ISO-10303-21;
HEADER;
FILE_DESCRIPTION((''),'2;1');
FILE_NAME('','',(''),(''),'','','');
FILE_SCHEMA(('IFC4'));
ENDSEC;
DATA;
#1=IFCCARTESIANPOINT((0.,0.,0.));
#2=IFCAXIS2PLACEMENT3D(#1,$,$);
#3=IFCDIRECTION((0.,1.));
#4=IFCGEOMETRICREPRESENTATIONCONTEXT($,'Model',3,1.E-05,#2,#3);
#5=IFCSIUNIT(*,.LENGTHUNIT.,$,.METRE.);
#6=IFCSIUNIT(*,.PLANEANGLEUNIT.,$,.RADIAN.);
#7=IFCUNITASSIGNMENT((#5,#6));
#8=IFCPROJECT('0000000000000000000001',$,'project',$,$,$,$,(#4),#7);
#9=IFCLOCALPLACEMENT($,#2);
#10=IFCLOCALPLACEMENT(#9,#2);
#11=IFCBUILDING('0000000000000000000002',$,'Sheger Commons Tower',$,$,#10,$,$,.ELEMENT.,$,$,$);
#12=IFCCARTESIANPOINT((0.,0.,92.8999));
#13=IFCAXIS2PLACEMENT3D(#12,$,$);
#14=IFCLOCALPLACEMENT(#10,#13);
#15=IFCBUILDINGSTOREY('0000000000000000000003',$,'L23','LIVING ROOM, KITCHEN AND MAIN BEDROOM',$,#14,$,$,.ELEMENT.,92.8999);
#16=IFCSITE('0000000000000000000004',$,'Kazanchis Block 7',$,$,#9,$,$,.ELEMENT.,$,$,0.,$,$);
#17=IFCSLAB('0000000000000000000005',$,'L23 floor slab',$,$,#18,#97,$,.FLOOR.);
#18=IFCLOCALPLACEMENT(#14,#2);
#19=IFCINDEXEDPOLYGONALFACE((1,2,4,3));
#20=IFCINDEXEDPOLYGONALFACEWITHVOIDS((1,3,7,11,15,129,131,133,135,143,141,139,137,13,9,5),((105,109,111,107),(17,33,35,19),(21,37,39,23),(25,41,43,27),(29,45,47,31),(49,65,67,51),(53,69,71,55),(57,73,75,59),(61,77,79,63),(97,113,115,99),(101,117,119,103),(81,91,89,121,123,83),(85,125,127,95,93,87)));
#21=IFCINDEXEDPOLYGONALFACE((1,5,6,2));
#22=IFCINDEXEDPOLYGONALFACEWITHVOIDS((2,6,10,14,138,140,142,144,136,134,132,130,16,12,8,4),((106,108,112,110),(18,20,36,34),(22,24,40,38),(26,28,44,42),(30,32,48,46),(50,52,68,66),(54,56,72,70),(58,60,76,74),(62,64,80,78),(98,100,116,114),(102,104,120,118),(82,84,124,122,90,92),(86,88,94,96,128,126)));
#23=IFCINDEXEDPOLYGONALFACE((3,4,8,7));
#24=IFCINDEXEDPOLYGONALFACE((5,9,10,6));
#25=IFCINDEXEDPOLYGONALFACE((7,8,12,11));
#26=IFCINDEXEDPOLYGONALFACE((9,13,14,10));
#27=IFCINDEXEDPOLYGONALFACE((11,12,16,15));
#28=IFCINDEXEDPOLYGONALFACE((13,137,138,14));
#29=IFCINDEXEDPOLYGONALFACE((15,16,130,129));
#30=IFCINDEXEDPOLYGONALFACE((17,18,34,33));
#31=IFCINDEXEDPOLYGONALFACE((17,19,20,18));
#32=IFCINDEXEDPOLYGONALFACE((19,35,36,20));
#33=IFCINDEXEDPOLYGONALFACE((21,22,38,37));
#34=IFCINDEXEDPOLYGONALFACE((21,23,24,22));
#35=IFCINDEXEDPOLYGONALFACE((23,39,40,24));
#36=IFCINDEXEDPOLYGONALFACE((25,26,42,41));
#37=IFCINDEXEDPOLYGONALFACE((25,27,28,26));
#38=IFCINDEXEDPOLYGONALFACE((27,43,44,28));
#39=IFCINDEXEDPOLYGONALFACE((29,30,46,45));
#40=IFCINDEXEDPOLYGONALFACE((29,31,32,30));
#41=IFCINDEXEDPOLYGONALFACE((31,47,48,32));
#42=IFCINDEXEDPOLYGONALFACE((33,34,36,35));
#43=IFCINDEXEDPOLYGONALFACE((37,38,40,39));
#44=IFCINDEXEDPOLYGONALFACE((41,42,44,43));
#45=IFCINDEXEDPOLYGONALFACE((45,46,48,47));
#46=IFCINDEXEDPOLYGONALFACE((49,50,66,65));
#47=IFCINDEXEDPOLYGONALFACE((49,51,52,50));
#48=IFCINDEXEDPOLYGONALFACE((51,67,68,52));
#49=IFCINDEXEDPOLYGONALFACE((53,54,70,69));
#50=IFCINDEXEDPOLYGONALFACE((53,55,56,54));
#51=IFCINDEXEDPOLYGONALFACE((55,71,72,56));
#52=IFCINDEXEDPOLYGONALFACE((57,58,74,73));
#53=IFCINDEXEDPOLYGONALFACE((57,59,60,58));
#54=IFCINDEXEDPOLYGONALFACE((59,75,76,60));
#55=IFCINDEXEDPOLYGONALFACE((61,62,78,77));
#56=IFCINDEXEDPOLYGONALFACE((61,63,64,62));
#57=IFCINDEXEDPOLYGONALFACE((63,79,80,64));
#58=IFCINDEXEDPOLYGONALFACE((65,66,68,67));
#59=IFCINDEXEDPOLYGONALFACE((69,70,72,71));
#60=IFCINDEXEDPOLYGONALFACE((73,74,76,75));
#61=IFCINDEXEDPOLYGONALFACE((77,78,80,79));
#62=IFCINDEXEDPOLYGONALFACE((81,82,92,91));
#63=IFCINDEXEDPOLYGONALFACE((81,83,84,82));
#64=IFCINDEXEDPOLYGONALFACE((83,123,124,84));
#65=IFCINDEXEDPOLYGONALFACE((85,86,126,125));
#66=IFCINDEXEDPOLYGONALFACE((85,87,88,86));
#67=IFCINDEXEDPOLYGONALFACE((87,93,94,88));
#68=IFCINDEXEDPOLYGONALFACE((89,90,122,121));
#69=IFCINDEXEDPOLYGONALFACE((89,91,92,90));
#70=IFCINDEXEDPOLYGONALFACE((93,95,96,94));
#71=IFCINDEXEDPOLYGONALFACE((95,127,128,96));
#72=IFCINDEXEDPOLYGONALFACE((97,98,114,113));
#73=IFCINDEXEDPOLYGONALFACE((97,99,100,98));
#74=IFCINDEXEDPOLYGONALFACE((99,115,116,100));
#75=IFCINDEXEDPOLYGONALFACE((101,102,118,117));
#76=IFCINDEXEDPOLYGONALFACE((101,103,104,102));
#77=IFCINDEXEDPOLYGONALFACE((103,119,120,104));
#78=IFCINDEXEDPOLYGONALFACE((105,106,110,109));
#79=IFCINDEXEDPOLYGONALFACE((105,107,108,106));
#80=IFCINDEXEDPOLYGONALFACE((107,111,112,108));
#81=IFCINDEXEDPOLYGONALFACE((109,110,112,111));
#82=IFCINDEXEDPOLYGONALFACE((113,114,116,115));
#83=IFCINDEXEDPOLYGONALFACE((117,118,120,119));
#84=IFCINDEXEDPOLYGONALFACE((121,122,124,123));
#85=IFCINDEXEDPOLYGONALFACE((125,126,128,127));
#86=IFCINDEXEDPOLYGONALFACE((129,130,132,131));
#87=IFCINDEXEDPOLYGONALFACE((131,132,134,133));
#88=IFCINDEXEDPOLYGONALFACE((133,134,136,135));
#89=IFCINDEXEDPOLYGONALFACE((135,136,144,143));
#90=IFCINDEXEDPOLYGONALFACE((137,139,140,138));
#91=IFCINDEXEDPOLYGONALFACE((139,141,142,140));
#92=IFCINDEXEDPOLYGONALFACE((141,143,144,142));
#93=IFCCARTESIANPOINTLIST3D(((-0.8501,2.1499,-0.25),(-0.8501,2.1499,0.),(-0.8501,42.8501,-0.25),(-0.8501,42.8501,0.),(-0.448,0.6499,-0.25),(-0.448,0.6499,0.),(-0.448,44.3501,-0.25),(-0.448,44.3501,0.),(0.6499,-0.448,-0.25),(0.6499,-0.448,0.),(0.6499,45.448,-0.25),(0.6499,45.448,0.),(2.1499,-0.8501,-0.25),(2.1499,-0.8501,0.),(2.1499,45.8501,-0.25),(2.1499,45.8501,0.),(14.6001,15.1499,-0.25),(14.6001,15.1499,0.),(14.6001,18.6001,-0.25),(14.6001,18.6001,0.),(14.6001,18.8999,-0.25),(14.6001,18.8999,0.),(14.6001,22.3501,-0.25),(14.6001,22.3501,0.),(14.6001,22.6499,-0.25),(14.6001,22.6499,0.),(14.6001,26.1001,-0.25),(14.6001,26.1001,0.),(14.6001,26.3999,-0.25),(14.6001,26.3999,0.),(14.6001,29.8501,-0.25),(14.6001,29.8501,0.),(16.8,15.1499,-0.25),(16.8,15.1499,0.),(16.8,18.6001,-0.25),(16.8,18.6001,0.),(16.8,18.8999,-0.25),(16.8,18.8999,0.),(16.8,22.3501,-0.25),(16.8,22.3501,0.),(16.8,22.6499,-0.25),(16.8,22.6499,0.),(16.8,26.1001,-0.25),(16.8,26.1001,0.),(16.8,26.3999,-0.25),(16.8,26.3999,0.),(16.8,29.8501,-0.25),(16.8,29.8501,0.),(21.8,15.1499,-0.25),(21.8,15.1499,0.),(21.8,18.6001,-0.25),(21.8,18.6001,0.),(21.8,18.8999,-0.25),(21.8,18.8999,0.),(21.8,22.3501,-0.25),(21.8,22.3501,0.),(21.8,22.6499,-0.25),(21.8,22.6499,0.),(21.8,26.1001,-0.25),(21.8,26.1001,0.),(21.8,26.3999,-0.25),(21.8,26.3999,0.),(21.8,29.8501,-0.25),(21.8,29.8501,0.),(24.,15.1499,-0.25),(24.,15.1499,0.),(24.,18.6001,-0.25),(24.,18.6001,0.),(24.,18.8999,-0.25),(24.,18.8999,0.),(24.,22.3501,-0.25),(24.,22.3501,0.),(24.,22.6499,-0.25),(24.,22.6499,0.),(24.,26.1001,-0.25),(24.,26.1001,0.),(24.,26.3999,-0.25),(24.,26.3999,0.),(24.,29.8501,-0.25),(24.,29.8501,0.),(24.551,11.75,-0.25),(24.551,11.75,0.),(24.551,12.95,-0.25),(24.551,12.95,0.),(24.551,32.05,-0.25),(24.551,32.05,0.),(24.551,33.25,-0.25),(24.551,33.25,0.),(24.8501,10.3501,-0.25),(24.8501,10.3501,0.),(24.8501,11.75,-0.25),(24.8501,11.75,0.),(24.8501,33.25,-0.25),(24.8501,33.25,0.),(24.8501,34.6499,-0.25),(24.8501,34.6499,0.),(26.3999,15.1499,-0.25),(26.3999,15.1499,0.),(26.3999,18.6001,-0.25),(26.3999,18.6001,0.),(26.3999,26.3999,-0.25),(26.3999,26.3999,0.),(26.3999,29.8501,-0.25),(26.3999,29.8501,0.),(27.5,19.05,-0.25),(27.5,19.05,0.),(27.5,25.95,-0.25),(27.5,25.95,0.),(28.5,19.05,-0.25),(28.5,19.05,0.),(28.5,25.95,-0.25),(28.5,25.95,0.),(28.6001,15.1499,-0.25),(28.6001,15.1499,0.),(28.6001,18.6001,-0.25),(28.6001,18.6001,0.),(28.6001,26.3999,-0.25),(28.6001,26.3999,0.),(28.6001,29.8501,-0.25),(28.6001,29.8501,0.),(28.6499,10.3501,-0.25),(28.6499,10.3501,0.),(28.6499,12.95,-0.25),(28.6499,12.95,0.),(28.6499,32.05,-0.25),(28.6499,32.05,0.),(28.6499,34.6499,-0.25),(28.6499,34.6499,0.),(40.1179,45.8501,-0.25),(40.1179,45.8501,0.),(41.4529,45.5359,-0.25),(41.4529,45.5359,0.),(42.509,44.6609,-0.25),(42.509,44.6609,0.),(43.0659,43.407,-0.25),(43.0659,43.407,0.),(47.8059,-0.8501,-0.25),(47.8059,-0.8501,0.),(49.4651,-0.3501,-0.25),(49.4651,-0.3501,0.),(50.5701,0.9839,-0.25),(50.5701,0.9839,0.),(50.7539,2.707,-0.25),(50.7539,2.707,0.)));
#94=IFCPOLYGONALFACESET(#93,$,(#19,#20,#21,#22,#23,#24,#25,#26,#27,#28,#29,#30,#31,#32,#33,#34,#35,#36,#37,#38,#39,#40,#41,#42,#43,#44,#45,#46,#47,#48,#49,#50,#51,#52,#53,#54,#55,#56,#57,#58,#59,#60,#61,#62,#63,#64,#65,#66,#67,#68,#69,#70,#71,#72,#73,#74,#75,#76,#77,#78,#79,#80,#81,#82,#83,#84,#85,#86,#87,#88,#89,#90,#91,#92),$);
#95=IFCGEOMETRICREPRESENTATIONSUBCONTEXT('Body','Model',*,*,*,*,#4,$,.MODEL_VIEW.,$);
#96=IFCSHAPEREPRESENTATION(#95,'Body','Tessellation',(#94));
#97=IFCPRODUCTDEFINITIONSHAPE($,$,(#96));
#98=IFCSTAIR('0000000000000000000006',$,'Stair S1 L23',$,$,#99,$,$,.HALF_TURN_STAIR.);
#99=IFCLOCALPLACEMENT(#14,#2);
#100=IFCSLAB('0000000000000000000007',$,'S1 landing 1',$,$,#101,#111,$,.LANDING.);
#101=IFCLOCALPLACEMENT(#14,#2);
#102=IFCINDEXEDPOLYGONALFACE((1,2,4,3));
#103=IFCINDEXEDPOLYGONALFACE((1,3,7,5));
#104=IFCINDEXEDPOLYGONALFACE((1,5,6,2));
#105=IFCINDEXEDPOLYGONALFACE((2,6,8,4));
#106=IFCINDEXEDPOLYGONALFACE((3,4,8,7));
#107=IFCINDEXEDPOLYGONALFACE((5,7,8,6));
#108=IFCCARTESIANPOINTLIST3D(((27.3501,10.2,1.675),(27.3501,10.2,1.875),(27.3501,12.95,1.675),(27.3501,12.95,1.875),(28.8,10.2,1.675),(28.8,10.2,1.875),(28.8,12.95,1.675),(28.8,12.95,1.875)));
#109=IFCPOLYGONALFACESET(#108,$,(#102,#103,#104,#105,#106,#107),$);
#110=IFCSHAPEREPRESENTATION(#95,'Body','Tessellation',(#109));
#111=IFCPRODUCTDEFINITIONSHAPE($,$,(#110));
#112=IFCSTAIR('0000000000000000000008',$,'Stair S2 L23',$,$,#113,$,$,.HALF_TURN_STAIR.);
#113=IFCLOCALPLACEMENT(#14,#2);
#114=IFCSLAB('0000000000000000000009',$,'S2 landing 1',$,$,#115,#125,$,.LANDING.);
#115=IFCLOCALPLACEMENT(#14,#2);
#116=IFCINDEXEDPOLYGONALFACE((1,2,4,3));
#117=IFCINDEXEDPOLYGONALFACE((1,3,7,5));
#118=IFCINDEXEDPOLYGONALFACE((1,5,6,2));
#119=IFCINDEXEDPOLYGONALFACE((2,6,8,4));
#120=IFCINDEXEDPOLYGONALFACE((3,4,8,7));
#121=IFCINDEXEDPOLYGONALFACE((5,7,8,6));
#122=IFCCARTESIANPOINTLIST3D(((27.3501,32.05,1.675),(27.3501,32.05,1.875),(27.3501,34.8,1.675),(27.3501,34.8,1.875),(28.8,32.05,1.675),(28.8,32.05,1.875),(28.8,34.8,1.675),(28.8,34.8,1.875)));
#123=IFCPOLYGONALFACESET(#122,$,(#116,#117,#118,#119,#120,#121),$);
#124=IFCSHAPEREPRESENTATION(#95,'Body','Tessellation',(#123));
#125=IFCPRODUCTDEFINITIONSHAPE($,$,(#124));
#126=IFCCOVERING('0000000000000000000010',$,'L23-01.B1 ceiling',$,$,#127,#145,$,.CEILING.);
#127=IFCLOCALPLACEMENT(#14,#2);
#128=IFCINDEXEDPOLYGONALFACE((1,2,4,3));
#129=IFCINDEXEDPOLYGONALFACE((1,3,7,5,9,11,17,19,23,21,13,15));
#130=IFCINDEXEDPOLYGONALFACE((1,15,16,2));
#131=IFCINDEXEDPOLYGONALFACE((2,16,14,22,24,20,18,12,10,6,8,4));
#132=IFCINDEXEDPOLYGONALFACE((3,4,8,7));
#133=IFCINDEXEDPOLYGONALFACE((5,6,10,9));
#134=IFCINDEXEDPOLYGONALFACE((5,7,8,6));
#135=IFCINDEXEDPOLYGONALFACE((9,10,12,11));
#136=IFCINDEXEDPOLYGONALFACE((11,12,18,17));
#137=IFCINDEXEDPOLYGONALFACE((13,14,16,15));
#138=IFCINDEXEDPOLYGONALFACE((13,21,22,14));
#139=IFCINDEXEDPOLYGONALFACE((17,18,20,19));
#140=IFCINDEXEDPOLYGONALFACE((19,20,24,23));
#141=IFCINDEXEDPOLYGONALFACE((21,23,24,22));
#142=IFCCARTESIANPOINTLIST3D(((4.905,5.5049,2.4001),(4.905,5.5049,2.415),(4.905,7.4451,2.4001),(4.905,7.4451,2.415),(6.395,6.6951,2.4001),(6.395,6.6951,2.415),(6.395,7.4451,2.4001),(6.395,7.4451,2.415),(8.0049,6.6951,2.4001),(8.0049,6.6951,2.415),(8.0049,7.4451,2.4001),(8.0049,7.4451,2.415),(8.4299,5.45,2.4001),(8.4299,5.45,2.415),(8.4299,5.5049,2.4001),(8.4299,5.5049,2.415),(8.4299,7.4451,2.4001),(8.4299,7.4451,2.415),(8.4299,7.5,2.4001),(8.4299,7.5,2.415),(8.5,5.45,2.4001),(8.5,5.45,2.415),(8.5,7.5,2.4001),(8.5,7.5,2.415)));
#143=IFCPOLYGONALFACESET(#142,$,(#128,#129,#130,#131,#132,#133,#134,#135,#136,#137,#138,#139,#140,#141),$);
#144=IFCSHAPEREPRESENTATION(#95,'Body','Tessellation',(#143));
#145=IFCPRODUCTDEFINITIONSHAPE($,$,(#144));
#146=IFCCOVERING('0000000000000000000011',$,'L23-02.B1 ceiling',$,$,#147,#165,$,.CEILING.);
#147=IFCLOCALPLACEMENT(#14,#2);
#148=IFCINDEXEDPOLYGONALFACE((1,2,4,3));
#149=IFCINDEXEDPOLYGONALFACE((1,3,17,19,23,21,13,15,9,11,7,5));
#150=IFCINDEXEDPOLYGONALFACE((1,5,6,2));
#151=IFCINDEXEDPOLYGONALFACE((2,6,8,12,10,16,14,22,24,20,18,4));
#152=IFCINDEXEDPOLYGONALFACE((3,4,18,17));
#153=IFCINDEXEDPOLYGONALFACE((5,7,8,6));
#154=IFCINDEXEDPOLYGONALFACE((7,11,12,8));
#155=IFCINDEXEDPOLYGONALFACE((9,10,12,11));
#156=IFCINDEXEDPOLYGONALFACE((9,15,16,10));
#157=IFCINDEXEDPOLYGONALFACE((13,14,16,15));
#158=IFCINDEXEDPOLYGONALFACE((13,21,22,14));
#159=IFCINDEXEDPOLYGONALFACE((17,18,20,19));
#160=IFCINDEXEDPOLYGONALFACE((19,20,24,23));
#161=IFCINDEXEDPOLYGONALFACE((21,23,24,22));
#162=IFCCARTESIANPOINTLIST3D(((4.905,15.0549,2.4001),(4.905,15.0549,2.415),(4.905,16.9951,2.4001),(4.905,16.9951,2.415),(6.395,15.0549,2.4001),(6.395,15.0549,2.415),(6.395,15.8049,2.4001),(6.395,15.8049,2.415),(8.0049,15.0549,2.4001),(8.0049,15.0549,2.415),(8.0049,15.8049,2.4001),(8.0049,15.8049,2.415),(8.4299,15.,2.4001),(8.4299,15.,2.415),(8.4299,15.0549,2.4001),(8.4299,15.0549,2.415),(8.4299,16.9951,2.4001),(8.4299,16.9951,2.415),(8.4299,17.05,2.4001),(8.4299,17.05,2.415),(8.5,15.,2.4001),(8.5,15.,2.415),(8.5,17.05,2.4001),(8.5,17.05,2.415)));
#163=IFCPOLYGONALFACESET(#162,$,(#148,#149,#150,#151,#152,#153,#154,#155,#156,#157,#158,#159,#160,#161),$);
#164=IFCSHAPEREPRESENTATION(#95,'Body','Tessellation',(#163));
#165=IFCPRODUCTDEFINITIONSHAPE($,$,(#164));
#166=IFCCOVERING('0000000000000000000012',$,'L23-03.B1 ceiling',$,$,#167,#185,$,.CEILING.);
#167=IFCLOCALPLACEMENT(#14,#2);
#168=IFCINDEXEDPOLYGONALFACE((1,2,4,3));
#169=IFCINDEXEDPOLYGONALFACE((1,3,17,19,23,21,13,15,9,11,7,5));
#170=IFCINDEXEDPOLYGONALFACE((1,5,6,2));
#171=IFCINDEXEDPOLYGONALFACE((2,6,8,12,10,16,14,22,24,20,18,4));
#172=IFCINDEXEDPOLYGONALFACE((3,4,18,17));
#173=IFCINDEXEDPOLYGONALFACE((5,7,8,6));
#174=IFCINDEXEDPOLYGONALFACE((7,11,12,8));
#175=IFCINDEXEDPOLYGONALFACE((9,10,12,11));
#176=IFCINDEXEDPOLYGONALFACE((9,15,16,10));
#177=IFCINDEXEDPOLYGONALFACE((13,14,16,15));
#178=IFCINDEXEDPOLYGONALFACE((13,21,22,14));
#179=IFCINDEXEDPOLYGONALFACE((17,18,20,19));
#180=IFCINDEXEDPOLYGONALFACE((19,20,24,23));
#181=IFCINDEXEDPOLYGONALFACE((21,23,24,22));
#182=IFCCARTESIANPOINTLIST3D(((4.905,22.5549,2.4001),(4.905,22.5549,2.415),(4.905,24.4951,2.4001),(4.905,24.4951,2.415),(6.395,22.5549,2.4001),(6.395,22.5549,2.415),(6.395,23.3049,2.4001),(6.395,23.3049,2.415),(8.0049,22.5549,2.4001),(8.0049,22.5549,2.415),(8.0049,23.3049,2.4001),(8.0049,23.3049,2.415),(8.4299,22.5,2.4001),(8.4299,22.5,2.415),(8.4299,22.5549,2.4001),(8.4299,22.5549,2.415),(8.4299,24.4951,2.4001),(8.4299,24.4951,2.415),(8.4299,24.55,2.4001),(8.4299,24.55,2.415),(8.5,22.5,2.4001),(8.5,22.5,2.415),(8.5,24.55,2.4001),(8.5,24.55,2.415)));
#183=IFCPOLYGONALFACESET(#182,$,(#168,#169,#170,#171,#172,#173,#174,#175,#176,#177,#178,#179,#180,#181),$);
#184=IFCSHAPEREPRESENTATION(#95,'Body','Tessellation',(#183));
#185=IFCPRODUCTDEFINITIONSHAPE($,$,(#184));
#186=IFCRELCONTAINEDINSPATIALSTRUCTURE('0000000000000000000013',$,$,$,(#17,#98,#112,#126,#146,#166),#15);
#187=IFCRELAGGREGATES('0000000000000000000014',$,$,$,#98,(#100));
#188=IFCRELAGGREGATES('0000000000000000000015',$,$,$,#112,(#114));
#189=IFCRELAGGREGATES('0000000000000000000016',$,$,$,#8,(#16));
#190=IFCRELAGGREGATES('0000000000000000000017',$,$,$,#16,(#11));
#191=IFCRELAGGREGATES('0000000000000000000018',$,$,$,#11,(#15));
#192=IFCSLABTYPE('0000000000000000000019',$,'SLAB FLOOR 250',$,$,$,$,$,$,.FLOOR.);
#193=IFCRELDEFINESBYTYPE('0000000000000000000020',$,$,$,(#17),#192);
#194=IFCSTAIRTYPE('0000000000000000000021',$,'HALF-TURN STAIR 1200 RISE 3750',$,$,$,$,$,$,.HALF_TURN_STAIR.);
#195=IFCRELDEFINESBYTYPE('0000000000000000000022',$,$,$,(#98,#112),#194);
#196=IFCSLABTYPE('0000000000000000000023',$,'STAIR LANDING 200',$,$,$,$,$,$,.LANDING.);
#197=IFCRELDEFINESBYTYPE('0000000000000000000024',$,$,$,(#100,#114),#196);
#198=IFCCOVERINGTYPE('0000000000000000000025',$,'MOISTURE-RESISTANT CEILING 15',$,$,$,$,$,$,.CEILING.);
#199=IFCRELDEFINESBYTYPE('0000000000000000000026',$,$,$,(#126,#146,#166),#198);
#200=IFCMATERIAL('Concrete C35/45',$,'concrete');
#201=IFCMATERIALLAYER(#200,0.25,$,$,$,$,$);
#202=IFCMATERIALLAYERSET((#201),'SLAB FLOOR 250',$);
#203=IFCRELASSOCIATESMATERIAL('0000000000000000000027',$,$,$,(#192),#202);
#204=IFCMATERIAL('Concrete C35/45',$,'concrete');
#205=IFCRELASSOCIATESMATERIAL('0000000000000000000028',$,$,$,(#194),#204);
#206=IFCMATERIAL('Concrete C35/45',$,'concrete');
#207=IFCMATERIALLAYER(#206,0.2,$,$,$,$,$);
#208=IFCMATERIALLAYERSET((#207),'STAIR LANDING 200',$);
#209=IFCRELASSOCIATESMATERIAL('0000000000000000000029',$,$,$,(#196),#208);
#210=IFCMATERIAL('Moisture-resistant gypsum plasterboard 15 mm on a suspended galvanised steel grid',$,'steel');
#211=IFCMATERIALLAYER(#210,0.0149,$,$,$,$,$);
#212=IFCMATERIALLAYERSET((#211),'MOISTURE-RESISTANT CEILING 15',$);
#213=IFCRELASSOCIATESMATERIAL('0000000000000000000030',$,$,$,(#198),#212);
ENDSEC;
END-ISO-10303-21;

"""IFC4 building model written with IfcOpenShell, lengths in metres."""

from ifc_helpers import new_model, si_unit, direction, frame, origin, place, context, subcontext, project, spatial, polyline, outline, extrude, material, layer, layer_set, type_object, element, aggregate, save


model = new_model("IFC4")

# Units and contexts
model_context = context("Model", 3, precision=1e-05, world=origin(), true_north=direction((0.0, 1.0)))
body_context = subcontext(model_context, "Body", "Model", "MODEL_VIEW")
ifc_project = project(units=[si_unit("LENGTHUNIT", "METRE"), si_unit("PLANEANGLEUNIT", "RADIAN")], contexts=[model_context])

# Site, building, storey
site_placement = place(None, origin())
site = spatial("IfcSite", under=ifc_project, at=site_placement, Name="Kazanchis Block 7", CompositionType="ELEMENT", RefElevation=0.0)
building_placement = place(site_placement, origin())
building = spatial("IfcBuilding", under=site, at=building_placement, Name="Sheger Commons Tower", CompositionType="ELEMENT")
storey_placement = place(building_placement, frame((0.0, 0.0, 92.8999)))
storey = spatial("IfcBuildingStorey", under=building, at=storey_placement, Name="L23", Description="LIVING ROOM, KITCHEN AND MAIN BEDROOM", CompositionType="ELEMENT", Elevation=92.8999)

# Slab
ifc_material_1 = material(Name="Concrete C35/45", Category="concrete")
ifc_layer_1 = layer(ifc_material_1, 0.25)
ifc_layer_set_1 = layer_set([ifc_layer_1], Name="SLAB FLOOR 250")
slab_type_1 = type_object("IfcSlabType", Name="SLAB FLOOR 250", PredefinedType="FLOOR", material=ifc_layer_set_1)
slab_1_placement = place(storey_placement, frame((0.0, 0.0, -0.25)))
element("IfcSlab", 1, at=slab_1_placement, inside=storey, type_object=slab_type_1, Name="L23 floor slab", PredefinedType="FLOOR", context=body_context, shape_type="SweptSolid", body=[
    extrude(outline(polyline([(-0.8501, 2.1499), (-0.448, 0.6499), (0.6499, -0.448), (2.1499, -0.8501), (47.8059, -0.8501), (49.4651, -0.3501), (50.5701, 0.9839), (50.7539, 2.707), (43.0659, 43.407), (42.509, 44.6609), (41.4529, 45.5359), (40.1179, 45.8501), (2.1499, 45.8501), (0.6499, 45.448), (-0.448, 44.3501), (-0.8501, 42.8501), (-0.8501, 2.1499)]), holes=[polyline([(24.8501, 10.3501), (28.6499, 10.3501), (28.6499, 12.95), (24.551, 12.95), (24.551, 11.75), (24.8501, 11.75), (24.8501, 10.3501)]), polyline([(24.551, 32.05), (28.6499, 32.05), (28.6499, 34.6499), (24.8501, 34.6499), (24.8501, 33.25), (24.551, 33.25), (24.551, 32.05)]), polyline([(26.3999, 15.1499), (28.6001, 15.1499), (28.6001, 18.6001), (26.3999, 18.6001), (26.3999, 15.1499)]), polyline([(26.3999, 26.3999), (28.6001, 26.3999), (28.6001, 29.8501), (26.3999, 29.8501), (26.3999, 26.3999)]), polyline([(14.6001, 15.1499), (16.8, 15.1499), (16.8, 18.6001), (14.6001, 18.6001), (14.6001, 15.1499)]), polyline([(14.6001, 18.8999), (16.8, 18.8999), (16.8, 22.3501), (14.6001, 22.3501), (14.6001, 18.8999)]), polyline([(14.6001, 22.6499), (16.8, 22.6499), (16.8, 26.1001), (14.6001, 26.1001), (14.6001, 22.6499)]), polyline([(14.6001, 26.3999), (16.8, 26.3999), (16.8, 29.8501), (14.6001, 29.8501), (14.6001, 26.3999)]), polyline([(21.8, 15.1499), (24.0, 15.1499), (24.0, 18.6001), (21.8, 18.6001), (21.8, 15.1499)]), polyline([(21.8, 18.8999), (24.0, 18.8999), (24.0, 22.3501), (21.8, 22.3501), (21.8, 18.8999)]), polyline([(21.8, 22.6499), (24.0, 22.6499), (24.0, 26.1001), (21.8, 26.1001), (21.8, 22.6499)]), polyline([(21.8, 26.3999), (24.0, 26.3999), (24.0, 29.8501), (21.8, 29.8501), (21.8, 26.3999)]), polyline([(27.5, 19.05), (28.5, 19.05), (28.5, 25.95), (27.5, 25.95), (27.5, 19.05)])]), origin(), (0.0, 0.0, 1.0), 0.25),
])

# Stairs, slabs
ifc_material_2 = material(Name="Concrete C35/45", Category="concrete")
stair_type = type_object("IfcStairType", Name="HALF-TURN STAIR 1200 RISE 3750", PredefinedType="HALF_TURN_STAIR", material=ifc_material_2)
stair_1_placement = place(storey_placement, origin())
stair_1 = element("IfcStair", 2, at=stair_1_placement, inside=storey, type_object=stair_type, Name="Stair S1 L23", PredefinedType="HALF_TURN_STAIR")
ifc_material_3 = material(Name="Concrete C35/45", Category="concrete")
ifc_layer_2 = layer(ifc_material_3, 0.2)
ifc_layer_set_2 = layer_set([ifc_layer_2], Name="STAIR LANDING 200")
slab_type_2 = type_object("IfcSlabType", Name="STAIR LANDING 200", PredefinedType="LANDING", material=ifc_layer_set_2)
slab_2_placement = place(storey_placement, frame((0.0, 0.0, 1.675)))
slab_2 = element("IfcSlab", 3, at=slab_2_placement, type_object=slab_type_2, Name="S1 landing 1", PredefinedType="LANDING", context=body_context, shape_type="SweptSolid", body=[
    extrude(outline(polyline([(27.3501, 10.2), (28.8, 10.2), (28.8, 12.95), (27.3501, 12.95), (27.3501, 10.2)])), origin(), (0.0, 0.0, 1.0), 0.2),
])
aggregate(stair_1, [slab_2])
stair_2_placement = place(storey_placement, origin())
stair_2 = element("IfcStair", 4, at=stair_2_placement, inside=storey, type_object=stair_type, Name="Stair S2 L23", PredefinedType="HALF_TURN_STAIR")
slab_3_placement = place(storey_placement, frame((0.0, 0.0, 1.675)))
slab_3 = element("IfcSlab", 5, at=slab_3_placement, type_object=slab_type_2, Name="S2 landing 1", PredefinedType="LANDING", context=body_context, shape_type="SweptSolid", body=[
    extrude(outline(polyline([(27.3501, 32.05), (28.8, 32.05), (28.8, 34.8), (27.3501, 34.8), (27.3501, 32.05)])), origin(), (0.0, 0.0, 1.0), 0.2),
])
aggregate(stair_2, [slab_3])

# Coverings
ifc_material_4 = material(Name="Moisture-resistant gypsum plasterboard 15 mm on a suspended galvanised steel grid", Category="steel")
ifc_layer_3 = layer(ifc_material_4, 0.0149)
ifc_layer_set_3 = layer_set([ifc_layer_3], Name="MOISTURE-RESISTANT CEILING 15")
covering_type_1 = type_object("IfcCoveringType", Name="MOISTURE-RESISTANT CEILING 15", PredefinedType="CEILING", material=ifc_layer_set_3)
covering_1_placement = place(storey_placement, frame((0.0, 0.0, 2.4001)))
element("IfcCovering", 6, at=covering_1_placement, inside=storey, type_object=covering_type_1, Name="L23-01.B1 ceiling", PredefinedType="CEILING", context=body_context, shape_type="SweptSolid", body=[
    extrude(outline(polyline([(8.4299, 5.45), (8.5, 5.45), (8.5, 7.5), (8.4299, 7.5), (8.4299, 7.4451), (8.0049, 7.4451), (8.0049, 6.6951), (6.395, 6.6951), (6.395, 7.4451), (4.905, 7.4451), (4.905, 5.5049), (8.4299, 5.5049), (8.4299, 5.45)])), origin(), (0.0, 0.0, 1.0), 0.0149),
])
covering_2_placement = place(storey_placement, frame((0.0, 0.0, 2.4001)))
element("IfcCovering", 7, at=covering_2_placement, inside=storey, type_object=covering_type_1, Name="L23-02.B1 ceiling", PredefinedType="CEILING", context=body_context, shape_type="SweptSolid", body=[
    extrude(outline(polyline([(8.4299, 15.0), (8.5, 15.0), (8.5, 17.05), (8.4299, 17.05), (8.4299, 16.9951), (4.905, 16.9951), (4.905, 15.0549), (6.395, 15.0549), (6.395, 15.8049), (8.0049, 15.8049), (8.0049, 15.0549), (8.4299, 15.0549), (8.4299, 15.0)])), origin(), (0.0, 0.0, 1.0), 0.0149),
])
covering_3_placement = place(storey_placement, frame((0.0, 0.0, 2.4001)))
element("IfcCovering", 8, at=covering_3_placement, inside=storey, type_object=covering_type_1, Name="L23-03.B1 ceiling", PredefinedType="CEILING", context=body_context, shape_type="SweptSolid", body=[
    extrude(outline(polyline([(8.4299, 22.5), (8.5, 22.5), (8.5, 24.55), (8.4299, 24.55), (8.4299, 24.4951), (4.905, 24.4951), (4.905, 22.5549), (6.395, 22.5549), (6.395, 23.3049), (8.0049, 23.3049), (8.0049, 22.5549), (8.4299, 22.5549), (8.4299, 22.5)])), origin(), (0.0, 0.0, 1.0), 0.0149),
])

save(model, "model.ifc")
